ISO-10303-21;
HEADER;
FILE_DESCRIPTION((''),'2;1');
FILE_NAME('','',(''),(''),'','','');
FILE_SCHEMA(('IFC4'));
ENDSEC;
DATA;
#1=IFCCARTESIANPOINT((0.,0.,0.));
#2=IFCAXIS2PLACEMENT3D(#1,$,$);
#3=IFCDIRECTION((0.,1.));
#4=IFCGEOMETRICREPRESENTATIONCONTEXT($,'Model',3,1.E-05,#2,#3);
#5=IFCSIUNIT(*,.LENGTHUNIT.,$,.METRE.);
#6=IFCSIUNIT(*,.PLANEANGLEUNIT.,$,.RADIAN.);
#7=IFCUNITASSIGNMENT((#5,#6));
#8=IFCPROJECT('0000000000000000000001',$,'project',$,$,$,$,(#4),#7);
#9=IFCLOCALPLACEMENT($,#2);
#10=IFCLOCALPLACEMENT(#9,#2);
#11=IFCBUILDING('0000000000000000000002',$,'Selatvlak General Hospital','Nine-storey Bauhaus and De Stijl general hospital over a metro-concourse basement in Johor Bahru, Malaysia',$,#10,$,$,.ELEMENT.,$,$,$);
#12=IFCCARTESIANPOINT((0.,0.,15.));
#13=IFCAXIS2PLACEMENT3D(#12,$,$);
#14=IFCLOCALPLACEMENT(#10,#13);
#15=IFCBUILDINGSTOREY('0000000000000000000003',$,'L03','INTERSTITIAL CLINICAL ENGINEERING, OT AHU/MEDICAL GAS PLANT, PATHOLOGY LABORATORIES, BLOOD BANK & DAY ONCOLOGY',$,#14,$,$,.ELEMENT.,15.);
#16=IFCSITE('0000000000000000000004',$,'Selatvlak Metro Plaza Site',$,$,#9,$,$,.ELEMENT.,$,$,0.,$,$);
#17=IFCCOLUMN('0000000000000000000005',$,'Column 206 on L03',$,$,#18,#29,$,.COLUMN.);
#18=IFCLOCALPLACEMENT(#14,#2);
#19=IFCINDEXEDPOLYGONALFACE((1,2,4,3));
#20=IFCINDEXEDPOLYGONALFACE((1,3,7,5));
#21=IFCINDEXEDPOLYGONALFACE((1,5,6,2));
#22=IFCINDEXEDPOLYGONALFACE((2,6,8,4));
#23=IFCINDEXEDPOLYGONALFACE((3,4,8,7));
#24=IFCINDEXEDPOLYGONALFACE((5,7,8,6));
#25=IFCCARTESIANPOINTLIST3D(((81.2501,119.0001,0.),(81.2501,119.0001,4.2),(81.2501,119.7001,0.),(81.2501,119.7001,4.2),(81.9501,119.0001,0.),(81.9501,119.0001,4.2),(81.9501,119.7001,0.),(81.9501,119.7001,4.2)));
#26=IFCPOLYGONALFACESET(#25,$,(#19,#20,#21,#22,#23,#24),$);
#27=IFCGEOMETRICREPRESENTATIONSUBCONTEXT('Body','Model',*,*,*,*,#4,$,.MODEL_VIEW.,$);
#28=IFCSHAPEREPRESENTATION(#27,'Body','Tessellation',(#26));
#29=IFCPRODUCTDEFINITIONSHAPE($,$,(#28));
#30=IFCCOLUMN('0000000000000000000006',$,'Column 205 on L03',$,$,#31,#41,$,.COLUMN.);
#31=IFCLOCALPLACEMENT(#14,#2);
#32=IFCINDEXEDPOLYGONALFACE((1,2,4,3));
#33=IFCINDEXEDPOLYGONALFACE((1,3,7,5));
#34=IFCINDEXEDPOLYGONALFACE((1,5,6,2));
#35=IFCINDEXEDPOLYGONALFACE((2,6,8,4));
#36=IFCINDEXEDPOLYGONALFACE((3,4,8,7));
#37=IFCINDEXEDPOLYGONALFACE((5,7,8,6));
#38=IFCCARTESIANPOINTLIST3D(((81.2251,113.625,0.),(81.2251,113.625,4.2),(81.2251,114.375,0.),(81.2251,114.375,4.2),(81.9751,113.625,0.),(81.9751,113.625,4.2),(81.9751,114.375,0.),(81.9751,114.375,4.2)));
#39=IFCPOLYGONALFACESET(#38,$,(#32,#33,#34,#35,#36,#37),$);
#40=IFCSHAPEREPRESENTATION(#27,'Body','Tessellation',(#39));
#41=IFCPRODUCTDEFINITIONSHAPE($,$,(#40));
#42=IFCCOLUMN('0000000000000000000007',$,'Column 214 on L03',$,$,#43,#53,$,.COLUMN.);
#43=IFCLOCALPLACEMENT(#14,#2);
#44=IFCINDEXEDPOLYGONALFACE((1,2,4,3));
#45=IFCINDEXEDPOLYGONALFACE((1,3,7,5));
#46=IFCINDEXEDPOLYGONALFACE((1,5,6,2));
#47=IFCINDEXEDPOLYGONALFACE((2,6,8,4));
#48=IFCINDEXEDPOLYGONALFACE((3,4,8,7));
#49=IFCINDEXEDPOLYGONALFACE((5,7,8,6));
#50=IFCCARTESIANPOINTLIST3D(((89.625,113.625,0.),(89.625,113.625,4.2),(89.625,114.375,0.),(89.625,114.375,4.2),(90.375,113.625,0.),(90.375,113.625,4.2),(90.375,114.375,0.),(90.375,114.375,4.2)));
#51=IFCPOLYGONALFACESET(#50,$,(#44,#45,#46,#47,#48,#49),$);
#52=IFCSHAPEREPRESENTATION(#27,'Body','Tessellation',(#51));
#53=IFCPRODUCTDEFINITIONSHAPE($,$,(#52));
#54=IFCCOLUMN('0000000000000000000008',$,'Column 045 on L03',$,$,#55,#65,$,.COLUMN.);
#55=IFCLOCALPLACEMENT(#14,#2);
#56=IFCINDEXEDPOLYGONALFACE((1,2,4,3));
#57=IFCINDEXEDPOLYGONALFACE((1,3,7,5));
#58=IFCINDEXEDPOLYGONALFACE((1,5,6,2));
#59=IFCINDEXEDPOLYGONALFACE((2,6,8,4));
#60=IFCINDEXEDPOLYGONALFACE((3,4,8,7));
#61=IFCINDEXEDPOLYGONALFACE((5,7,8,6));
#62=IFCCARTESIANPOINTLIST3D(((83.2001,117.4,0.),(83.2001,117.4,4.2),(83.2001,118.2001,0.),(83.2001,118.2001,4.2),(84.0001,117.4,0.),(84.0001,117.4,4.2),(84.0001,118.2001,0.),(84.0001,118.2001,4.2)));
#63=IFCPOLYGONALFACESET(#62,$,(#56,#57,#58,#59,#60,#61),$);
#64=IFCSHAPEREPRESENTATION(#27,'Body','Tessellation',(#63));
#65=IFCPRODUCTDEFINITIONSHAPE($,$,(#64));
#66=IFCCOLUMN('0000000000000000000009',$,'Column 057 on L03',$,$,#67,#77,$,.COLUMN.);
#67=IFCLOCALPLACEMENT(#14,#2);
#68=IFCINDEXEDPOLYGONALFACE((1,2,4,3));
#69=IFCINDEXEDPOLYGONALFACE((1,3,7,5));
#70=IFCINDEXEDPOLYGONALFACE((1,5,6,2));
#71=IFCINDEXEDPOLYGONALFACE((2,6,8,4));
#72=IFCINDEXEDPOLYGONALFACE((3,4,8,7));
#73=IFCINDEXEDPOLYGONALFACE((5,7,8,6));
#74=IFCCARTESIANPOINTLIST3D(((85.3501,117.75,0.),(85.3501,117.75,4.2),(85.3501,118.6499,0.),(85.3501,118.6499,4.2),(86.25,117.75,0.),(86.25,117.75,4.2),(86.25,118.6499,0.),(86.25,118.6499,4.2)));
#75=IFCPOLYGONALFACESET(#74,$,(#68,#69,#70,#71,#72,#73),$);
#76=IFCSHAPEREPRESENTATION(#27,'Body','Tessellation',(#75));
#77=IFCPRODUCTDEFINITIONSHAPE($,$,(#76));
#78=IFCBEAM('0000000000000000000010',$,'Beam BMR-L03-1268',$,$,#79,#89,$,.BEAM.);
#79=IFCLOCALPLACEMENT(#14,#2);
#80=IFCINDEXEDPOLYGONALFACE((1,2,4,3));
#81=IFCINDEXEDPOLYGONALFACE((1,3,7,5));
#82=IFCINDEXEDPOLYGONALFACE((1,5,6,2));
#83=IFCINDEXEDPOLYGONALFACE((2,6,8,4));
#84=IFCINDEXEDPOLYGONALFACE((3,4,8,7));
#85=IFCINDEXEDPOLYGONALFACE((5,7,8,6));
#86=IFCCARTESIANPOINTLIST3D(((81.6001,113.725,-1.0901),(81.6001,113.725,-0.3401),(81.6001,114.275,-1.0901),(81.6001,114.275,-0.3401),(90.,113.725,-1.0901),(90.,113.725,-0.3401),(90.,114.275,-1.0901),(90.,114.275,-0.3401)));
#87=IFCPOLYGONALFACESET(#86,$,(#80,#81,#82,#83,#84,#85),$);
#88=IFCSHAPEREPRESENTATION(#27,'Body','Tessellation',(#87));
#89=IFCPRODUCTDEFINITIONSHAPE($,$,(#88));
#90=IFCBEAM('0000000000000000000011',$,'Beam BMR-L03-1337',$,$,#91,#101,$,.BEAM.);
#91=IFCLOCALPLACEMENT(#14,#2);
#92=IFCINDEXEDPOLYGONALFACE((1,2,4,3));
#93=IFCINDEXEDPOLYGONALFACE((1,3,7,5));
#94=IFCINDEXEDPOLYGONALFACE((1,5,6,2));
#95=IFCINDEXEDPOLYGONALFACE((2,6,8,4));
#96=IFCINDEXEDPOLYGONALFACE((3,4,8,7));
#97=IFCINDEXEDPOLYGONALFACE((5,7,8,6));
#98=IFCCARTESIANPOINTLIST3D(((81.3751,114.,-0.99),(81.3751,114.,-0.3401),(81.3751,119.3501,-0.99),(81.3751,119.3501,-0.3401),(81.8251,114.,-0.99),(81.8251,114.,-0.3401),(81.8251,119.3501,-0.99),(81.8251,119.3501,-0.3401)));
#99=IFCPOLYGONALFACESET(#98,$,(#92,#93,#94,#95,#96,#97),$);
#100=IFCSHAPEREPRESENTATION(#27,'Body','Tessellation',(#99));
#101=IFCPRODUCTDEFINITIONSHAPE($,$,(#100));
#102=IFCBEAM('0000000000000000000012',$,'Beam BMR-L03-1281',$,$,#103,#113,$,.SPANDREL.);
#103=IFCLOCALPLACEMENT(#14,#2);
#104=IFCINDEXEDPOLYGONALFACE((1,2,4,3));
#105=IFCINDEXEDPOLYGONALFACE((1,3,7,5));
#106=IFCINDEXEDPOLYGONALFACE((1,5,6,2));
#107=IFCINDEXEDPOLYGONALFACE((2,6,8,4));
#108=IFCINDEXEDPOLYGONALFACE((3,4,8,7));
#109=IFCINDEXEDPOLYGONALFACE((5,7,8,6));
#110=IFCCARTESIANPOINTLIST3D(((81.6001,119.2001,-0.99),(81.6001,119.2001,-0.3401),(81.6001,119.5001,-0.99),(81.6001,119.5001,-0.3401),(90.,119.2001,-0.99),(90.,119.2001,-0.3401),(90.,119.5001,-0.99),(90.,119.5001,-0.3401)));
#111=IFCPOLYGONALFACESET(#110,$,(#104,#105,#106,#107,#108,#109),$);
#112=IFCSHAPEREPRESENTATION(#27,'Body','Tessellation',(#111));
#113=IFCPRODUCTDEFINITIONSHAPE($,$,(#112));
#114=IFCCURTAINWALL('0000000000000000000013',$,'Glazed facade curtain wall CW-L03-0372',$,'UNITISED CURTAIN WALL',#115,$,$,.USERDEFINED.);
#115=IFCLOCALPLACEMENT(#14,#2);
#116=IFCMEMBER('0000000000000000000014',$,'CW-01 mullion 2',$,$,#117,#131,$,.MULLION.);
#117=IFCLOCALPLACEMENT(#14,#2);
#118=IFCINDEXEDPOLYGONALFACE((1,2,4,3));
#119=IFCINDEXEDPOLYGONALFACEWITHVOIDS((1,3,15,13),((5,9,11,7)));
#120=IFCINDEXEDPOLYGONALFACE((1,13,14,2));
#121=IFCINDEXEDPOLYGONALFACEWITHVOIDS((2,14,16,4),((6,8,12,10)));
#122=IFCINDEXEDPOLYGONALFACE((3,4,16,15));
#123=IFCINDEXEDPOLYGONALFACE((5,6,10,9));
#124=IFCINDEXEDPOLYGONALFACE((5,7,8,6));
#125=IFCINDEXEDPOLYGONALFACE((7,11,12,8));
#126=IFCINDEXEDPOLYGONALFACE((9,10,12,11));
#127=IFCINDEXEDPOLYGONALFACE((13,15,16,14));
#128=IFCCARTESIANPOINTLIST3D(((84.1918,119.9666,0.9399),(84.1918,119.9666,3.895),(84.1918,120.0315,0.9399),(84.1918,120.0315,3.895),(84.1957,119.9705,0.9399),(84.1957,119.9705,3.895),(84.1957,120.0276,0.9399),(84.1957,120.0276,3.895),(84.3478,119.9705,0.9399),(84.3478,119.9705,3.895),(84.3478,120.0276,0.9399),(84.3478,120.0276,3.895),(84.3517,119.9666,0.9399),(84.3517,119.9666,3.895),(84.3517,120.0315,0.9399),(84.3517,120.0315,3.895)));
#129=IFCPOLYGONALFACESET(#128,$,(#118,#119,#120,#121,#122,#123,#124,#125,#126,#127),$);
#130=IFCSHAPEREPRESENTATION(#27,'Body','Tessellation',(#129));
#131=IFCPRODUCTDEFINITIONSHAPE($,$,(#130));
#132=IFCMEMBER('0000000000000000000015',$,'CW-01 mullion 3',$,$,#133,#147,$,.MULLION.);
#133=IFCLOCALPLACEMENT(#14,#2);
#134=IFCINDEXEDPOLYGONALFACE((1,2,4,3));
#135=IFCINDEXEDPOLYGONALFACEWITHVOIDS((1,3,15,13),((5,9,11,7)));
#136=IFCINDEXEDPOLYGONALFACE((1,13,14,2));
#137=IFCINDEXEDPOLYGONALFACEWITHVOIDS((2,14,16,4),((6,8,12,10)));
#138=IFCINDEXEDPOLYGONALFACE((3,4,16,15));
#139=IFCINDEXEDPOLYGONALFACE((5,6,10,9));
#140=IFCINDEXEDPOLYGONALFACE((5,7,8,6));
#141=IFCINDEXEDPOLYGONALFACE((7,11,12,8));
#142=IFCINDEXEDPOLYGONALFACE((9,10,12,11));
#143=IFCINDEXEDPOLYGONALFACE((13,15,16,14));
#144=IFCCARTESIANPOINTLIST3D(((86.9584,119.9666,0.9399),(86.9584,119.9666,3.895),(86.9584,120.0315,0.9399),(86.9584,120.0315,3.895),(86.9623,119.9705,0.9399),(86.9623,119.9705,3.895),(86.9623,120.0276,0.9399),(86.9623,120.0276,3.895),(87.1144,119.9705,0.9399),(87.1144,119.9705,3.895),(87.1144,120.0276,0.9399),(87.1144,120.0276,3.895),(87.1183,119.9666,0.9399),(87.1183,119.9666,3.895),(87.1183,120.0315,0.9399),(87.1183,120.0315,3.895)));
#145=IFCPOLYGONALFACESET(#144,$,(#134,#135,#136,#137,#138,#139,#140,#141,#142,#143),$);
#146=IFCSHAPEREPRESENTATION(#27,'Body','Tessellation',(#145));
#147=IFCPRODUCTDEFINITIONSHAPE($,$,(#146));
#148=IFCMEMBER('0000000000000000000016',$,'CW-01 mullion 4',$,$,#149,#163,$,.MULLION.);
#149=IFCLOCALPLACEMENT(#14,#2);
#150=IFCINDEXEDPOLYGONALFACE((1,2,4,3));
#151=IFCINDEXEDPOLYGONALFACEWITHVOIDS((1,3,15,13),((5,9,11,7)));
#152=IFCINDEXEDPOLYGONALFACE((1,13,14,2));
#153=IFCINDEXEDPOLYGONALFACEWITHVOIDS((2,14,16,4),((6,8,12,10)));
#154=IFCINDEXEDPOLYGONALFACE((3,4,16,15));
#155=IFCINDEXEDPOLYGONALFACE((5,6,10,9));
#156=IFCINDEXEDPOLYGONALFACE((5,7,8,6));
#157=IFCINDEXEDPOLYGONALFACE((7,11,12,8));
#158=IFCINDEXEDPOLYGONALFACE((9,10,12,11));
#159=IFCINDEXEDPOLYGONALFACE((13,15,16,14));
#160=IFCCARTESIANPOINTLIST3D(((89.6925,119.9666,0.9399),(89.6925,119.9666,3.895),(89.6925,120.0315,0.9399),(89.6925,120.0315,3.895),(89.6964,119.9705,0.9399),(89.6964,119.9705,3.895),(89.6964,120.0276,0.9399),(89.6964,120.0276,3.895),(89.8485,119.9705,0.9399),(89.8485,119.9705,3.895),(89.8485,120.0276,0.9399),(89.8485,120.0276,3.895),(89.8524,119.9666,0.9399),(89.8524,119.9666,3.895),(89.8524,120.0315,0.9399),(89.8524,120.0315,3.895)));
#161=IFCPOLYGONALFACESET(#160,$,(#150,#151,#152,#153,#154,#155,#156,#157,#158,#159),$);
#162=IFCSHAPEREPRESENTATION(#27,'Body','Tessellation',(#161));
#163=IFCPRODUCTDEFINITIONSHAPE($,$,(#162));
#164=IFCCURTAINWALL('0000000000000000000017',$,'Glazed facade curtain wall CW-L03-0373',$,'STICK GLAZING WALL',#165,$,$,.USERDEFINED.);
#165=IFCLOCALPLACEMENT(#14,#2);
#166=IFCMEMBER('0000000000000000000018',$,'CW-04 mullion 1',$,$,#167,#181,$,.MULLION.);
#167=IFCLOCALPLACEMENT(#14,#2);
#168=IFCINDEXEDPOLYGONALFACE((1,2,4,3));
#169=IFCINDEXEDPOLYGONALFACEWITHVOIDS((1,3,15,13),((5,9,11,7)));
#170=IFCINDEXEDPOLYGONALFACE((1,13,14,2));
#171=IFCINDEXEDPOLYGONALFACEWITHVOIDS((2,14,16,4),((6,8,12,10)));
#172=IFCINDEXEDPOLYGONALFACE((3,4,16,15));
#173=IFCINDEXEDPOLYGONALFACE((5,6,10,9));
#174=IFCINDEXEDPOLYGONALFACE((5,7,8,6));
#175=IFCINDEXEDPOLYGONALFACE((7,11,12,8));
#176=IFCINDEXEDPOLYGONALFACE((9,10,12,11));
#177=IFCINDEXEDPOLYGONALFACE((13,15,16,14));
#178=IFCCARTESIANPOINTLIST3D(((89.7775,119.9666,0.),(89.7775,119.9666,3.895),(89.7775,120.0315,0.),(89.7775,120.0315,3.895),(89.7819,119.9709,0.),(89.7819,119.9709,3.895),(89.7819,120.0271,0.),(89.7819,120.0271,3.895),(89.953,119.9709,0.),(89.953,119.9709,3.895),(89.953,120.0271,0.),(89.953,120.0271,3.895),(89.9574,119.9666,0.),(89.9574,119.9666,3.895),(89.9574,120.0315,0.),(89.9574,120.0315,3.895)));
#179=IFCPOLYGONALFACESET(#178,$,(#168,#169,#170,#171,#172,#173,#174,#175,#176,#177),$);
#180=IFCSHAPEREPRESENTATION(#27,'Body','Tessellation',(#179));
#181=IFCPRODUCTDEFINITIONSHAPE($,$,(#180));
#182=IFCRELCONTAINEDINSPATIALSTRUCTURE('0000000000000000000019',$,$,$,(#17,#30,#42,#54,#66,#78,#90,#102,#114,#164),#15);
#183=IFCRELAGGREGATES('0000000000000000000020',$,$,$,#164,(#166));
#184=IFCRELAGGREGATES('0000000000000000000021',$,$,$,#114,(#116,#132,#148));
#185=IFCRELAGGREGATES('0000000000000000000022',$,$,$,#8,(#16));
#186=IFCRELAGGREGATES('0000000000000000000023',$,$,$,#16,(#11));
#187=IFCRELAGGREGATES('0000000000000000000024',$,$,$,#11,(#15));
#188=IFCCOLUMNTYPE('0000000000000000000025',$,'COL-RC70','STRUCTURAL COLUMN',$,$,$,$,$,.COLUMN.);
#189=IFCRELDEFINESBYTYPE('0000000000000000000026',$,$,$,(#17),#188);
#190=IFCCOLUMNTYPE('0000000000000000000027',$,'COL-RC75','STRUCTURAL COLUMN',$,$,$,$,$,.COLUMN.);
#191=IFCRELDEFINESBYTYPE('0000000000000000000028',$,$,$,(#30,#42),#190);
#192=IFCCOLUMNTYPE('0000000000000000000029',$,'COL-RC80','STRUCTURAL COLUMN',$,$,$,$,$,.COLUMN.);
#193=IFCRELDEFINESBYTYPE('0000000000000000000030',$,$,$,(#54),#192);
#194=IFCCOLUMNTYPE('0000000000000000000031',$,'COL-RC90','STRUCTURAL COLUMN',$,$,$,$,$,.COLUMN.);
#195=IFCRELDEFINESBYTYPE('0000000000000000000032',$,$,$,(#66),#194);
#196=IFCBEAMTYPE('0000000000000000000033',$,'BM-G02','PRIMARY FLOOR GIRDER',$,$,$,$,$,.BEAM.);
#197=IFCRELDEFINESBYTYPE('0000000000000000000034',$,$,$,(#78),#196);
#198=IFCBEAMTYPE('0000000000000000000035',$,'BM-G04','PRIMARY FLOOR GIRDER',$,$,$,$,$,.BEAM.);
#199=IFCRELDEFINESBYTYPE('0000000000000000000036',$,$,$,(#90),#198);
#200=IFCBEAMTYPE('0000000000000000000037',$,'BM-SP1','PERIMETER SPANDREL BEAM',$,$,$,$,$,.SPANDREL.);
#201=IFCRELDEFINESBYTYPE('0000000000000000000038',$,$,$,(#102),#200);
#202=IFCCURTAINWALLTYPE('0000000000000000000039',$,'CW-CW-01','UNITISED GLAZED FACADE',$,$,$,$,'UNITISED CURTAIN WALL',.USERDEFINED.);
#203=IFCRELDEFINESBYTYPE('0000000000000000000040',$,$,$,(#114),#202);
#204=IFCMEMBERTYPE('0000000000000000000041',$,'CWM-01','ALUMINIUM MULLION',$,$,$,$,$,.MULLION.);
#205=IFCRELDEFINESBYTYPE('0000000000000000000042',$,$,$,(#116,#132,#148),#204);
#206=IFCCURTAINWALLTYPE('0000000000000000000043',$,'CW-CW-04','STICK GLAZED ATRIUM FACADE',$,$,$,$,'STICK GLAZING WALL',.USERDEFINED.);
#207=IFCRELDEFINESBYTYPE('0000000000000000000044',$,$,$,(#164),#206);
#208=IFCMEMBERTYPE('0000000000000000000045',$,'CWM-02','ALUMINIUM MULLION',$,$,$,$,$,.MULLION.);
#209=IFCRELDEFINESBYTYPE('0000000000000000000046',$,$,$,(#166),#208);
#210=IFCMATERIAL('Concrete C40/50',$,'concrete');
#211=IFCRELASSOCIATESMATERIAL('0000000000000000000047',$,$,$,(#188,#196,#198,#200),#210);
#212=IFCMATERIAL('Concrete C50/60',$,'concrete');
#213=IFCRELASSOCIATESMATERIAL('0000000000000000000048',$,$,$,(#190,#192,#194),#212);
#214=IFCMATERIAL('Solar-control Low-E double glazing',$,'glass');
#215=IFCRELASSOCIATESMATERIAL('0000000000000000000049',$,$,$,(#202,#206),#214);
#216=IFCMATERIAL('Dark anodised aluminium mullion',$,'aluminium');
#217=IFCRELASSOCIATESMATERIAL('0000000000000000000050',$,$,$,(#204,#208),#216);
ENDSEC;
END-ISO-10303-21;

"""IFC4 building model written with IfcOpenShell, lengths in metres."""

from ifc_helpers import new_model, si_unit, direction, frame, origin, origin_2d, place, context, subcontext, project, spatial, rectangle, hollow_rectangle, extrude, material, material_profile, profile_set, type_object, element, aggregate, save


model = new_model("IFC4")

# Units and contexts
model_context = context("Model", 3, precision=1e-05, world=origin(), true_north=direction((0.0, 1.0)))
body_context = subcontext(model_context, "Body", "Model", "MODEL_VIEW")
ifc_project = project(units=[si_unit("LENGTHUNIT", "METRE"), si_unit("PLANEANGLEUNIT", "RADIAN")], contexts=[model_context])

# Site, building, storey
site_placement = place(None, origin())
site = spatial("IfcSite", under=ifc_project, at=site_placement, Name="Selatvlak Metro Plaza Site", CompositionType="ELEMENT", RefElevation=0.0)
building_placement = place(site_placement, origin())
building = spatial("IfcBuilding", under=site, at=building_placement, Name="Selatvlak General Hospital", Description="Nine-storey Bauhaus and De Stijl general hospital over a metro-concourse basement in Johor Bahru, Malaysia", CompositionType="ELEMENT")
storey_placement = place(building_placement, frame((0.0, 0.0, 15.0)))
storey = spatial("IfcBuildingStorey", under=building, at=storey_placement, Name="L03", Description="INTERSTITIAL CLINICAL ENGINEERING, OT AHU/MEDICAL GAS PLANT, PATHOLOGY LABORATORIES, BLOOD BANK & DAY ONCOLOGY", CompositionType="ELEMENT", Elevation=15.0)

# Columns
ifc_material_1 = material(Name="Concrete C40/50", Category="concrete")
ifc_material_profile_1 = material_profile(ifc_material_1, rectangle(XDim=0.7, YDim=0.7, at=origin_2d()), Name="RC-COL 700x700")
ifc_profile_set_1 = profile_set([ifc_material_profile_1], Name="Concrete C40/50")
column_type_1 = type_object("IfcColumnType", Name="COL-RC70", Description="STRUCTURAL COLUMN", PredefinedType="COLUMN", material=ifc_profile_set_1)
column_1_placement = place(storey_placement, frame((81.6001, 119.3501, 0.0), z_axis=(0.0, 0.0, 1.0), x_axis=(1.0, 0.0, 0.0)))
element("IfcColumn", 1, at=column_1_placement, inside=storey, type_object=column_type_1, Name="Column 206 on L03", PredefinedType="COLUMN", context=body_context, shape_type="SweptSolid", body=[
    extrude(rectangle(XDim=0.7, YDim=0.7, at=origin_2d()), origin(), (0.0, 0.0, 1.0), 4.2),
])
ifc_material_2 = material(Name="Concrete C50/60", Category="concrete")
ifc_material_profile_2 = material_profile(ifc_material_2, rectangle(XDim=0.75, YDim=0.75, at=origin_2d()), Name="RC-COL 750x750")
ifc_profile_set_2 = profile_set([ifc_material_profile_2], Name="Concrete C50/60")
column_type_2 = type_object("IfcColumnType", Name="COL-RC75", Description="STRUCTURAL COLUMN", PredefinedType="COLUMN", material=ifc_profile_set_2)
for number, where, z_axis, x_axis, name in (
    (2, (81.6001, 114.0, 0.0), (0.0, 0.0, 1.0), (1.0, 0.0, 0.0), "Column 205 on L03"),
    (3, (90.0, 114.0, 0.0), (0.0, 0.0, 1.0), (1.0, 0.0, 0.0), "Column 214 on L03"),
):
    element("IfcColumn", number, at=place(storey_placement, frame(where, z_axis=z_axis, x_axis=x_axis)), inside=storey, type_object=column_type_2, Name=name, PredefinedType="COLUMN", context=body_context, shape_type="SweptSolid", body=[
        extrude(rectangle(XDim=0.75, YDim=0.75, at=origin_2d()), origin(), (0.0, 0.0, 1.0), 4.2),
    ])
ifc_material_profile_3 = material_profile(ifc_material_2, rectangle(XDim=0.8, YDim=0.8, at=origin_2d()), Name="RC-COL 800x800")
ifc_profile_set_3 = profile_set([ifc_material_profile_3], Name="Concrete C50/60")
column_type_3 = type_object("IfcColumnType", Name="COL-RC80", Description="STRUCTURAL COLUMN", PredefinedType="COLUMN", material=ifc_profile_set_3)
column_2_placement = place(storey_placement, frame((83.6001, 117.8, 0.0), z_axis=(0.0, 0.0, 1.0), x_axis=(1.0, 0.0, 0.0)))
element("IfcColumn", 4, at=column_2_placement, inside=storey, type_object=column_type_3, Name="Column 045 on L03", PredefinedType="COLUMN", context=body_context, shape_type="SweptSolid", body=[
    extrude(rectangle(XDim=0.8, YDim=0.8, at=origin_2d()), origin(), (0.0, 0.0, 1.0), 4.2),
])
ifc_material_profile_4 = material_profile(ifc_material_2, rectangle(XDim=0.8999, YDim=0.8999, at=origin_2d()), Name="RC-COL 900x900")
ifc_profile_set_4 = profile_set([ifc_material_profile_4], Name="Concrete C50/60")
column_type_4 = type_object("IfcColumnType", Name="COL-RC90", Description="STRUCTURAL COLUMN", PredefinedType="COLUMN", material=ifc_profile_set_4)
column_3_placement = place(storey_placement, frame((85.8, 118.2, 0.0), z_axis=(0.0, 0.0, 1.0), x_axis=(1.0, 0.0, 0.0)))
element("IfcColumn", 5, at=column_3_placement, inside=storey, type_object=column_type_4, Name="Column 057 on L03", PredefinedType="COLUMN", context=body_context, shape_type="SweptSolid", body=[
    extrude(rectangle(XDim=0.8999, YDim=0.8999, at=origin_2d()), origin(), (0.0, 0.0, 1.0), 4.2),
])

# Beams
ifc_material_profile_5 = material_profile(ifc_material_1, rectangle(XDim=0.55, YDim=0.75, at=origin_2d()), Name="RC-BM 550x750")
ifc_profile_set_5 = profile_set([ifc_material_profile_5], Name="Concrete C40/50")
beam_type_1 = type_object("IfcBeamType", Name="BM-G02", Description="PRIMARY FLOOR GIRDER", PredefinedType="BEAM", material=ifc_profile_set_5)
beam_1_placement = place(storey_placement, frame((81.6001, 114.0, -0.7151), z_axis=(1.0, 0.0, 0.0), x_axis=(0.0, 1.0, 0.0)))
element("IfcBeam", 6, at=beam_1_placement, inside=storey, type_object=beam_type_1, Name="Beam BMR-L03-1268", PredefinedType="BEAM", context=body_context, shape_type="SweptSolid", body=[
    extrude(rectangle(XDim=0.55, YDim=0.75, at=origin_2d()), origin(), (0.0, 0.0, 1.0), 8.3999),
])
ifc_material_profile_6 = material_profile(ifc_material_1, rectangle(XDim=0.45, YDim=0.6499, at=origin_2d()), Name="RC-BM 450x650")
ifc_profile_set_6 = profile_set([ifc_material_profile_6], Name="Concrete C40/50")
beam_type_2 = type_object("IfcBeamType", Name="BM-G04", Description="PRIMARY FLOOR GIRDER", PredefinedType="BEAM", material=ifc_profile_set_6)
beam_2_placement = place(storey_placement, frame((81.6001, 114.0, -0.665), z_axis=(0.0, 1.0, 0.0), x_axis=(-1.0, 0.0, 0.0)))
element("IfcBeam", 7, at=beam_2_placement, inside=storey, type_object=beam_type_2, Name="Beam BMR-L03-1337", PredefinedType="BEAM", context=body_context, shape_type="SweptSolid", body=[
    extrude(rectangle(XDim=0.45, YDim=0.6499, at=origin_2d()), origin(), (0.0, 0.0, 1.0), 5.3501),
])
ifc_material_profile_7 = material_profile(ifc_material_1, rectangle(XDim=0.3, YDim=0.6499, at=origin_2d()), Name="RC-SP 300x650")
ifc_profile_set_7 = profile_set([ifc_material_profile_7], Name="Concrete C40/50")
beam_type_3 = type_object("IfcBeamType", Name="BM-SP1", Description="PERIMETER SPANDREL BEAM", PredefinedType="SPANDREL", material=ifc_profile_set_7)
beam_3_placement = place(storey_placement, frame((81.6001, 119.3501, -0.665), z_axis=(1.0, 0.0, 0.0), x_axis=(0.0, 1.0, 0.0)))
element("IfcBeam", 8, at=beam_3_placement, inside=storey, type_object=beam_type_3, Name="Beam BMR-L03-1281", PredefinedType="SPANDREL", context=body_context, shape_type="SweptSolid", body=[
    extrude(rectangle(XDim=0.3, YDim=0.6499, at=origin_2d()), origin(), (0.0, 0.0, 1.0), 8.3999),
])

# Curtain wall, members
ifc_material_3 = material(Name="Solar-control Low-E double glazing", Category="glass")
curtain_wall_type_1 = type_object("IfcCurtainWallType", Name="CW-CW-01", Description="UNITISED GLAZED FACADE", ElementType="UNITISED CURTAIN WALL", PredefinedType="USERDEFINED", material=ifc_material_3)
curtain_wall_1_placement = place(storey_placement, origin())
curtain_wall_1 = element("IfcCurtainWall", 9, at=curtain_wall_1_placement, inside=storey, type_object=curtain_wall_type_1, Name="Glazed facade curtain wall CW-L03-0372", ObjectType="UNITISED CURTAIN WALL", PredefinedType="USERDEFINED")
ifc_material_4 = material(Name="Dark anodised aluminium mullion", Category="aluminium")
ifc_material_profile_8 = material_profile(ifc_material_4, hollow_rectangle(XDim=0.0649, YDim=0.1599, WallThickness=0.0039, at=origin_2d()), Name="AL-MUL 65x160x4")
ifc_profile_set_8 = profile_set([ifc_material_profile_8], Name="Dark anodised aluminium mullion")
member_type_1 = type_object("IfcMemberType", Name="CWM-01", Description="ALUMINIUM MULLION", PredefinedType="MULLION", material=ifc_profile_set_8)
member_1_placement = place(storey_placement, frame((84.2717, 119.999, 0.9399), z_axis=(0.0, 0.0, 1.0), x_axis=(0.0, 1.0, 0.0)))
member_1 = element("IfcMember", 10, at=member_1_placement, type_object=member_type_1, Name="CW-01 mullion 2", PredefinedType="MULLION", context=body_context, shape_type="SweptSolid", body=[
    extrude(hollow_rectangle(XDim=0.0649, YDim=0.1599, WallThickness=0.0039, at=origin_2d()), origin(), (0.0, 0.0, 1.0), 2.9551),
])
member_2_placement = place(storey_placement, frame((87.0383, 119.999, 0.9399), z_axis=(0.0, 0.0, 1.0), x_axis=(0.0, 1.0, 0.0)))
member_2 = element("IfcMember", 11, at=member_2_placement, type_object=member_type_1, Name="CW-01 mullion 3", PredefinedType="MULLION", context=body_context, shape_type="SweptSolid", body=[
    extrude(hollow_rectangle(XDim=0.0649, YDim=0.1599, WallThickness=0.0039, at=origin_2d()), origin(), (0.0, 0.0, 1.0), 2.9551),
])
member_3_placement = place(storey_placement, frame((89.7725, 119.999, 0.9399), z_axis=(0.0, 0.0, 1.0), x_axis=(0.0, 1.0, 0.0)))
member_3 = element("IfcMember", 12, at=member_3_placement, type_object=member_type_1, Name="CW-01 mullion 4", PredefinedType="MULLION", context=body_context, shape_type="SweptSolid", body=[
    extrude(hollow_rectangle(XDim=0.0649, YDim=0.1599, WallThickness=0.0039, at=origin_2d()), origin(), (0.0, 0.0, 1.0), 2.9551),
])

# Curtain wall, member
curtain_wall_type_2 = type_object("IfcCurtainWallType", Name="CW-CW-04", Description="STICK GLAZED ATRIUM FACADE", ElementType="STICK GLAZING WALL", PredefinedType="USERDEFINED", material=ifc_material_3)
curtain_wall_2_placement = place(storey_placement, origin())
curtain_wall_2 = element("IfcCurtainWall", 13, at=curtain_wall_2_placement, inside=storey, type_object=curtain_wall_type_2, Name="Glazed facade curtain wall CW-L03-0373", ObjectType="STICK GLAZING WALL", PredefinedType="USERDEFINED")
ifc_material_profile_9 = material_profile(ifc_material_4, hollow_rectangle(XDim=0.0649, YDim=0.1799, WallThickness=0.0044, at=origin_2d()), Name="AL-MUL 65x180x4.5")
ifc_profile_set_9 = profile_set([ifc_material_profile_9], Name="Dark anodised aluminium mullion")
member_type_2 = type_object("IfcMemberType", Name="CWM-02", Description="ALUMINIUM MULLION", PredefinedType="MULLION", material=ifc_profile_set_9)
member_4_placement = place(storey_placement, frame((89.8674, 119.999, 0.0), z_axis=(0.0, 0.0, 1.0), x_axis=(0.0, 1.0, 0.0)))
member_4 = element("IfcMember", 14, at=member_4_placement, type_object=member_type_2, Name="CW-04 mullion 1", PredefinedType="MULLION", context=body_context, shape_type="SweptSolid", body=[
    extrude(hollow_rectangle(XDim=0.0649, YDim=0.1799, WallThickness=0.0044, at=origin_2d()), origin(), (0.0, 0.0, 1.0), 3.895),
])

aggregate(curtain_wall_2, [member_4])

aggregate(curtain_wall_1, [member_1, member_2, member_3])

save(model, "model.ifc")
